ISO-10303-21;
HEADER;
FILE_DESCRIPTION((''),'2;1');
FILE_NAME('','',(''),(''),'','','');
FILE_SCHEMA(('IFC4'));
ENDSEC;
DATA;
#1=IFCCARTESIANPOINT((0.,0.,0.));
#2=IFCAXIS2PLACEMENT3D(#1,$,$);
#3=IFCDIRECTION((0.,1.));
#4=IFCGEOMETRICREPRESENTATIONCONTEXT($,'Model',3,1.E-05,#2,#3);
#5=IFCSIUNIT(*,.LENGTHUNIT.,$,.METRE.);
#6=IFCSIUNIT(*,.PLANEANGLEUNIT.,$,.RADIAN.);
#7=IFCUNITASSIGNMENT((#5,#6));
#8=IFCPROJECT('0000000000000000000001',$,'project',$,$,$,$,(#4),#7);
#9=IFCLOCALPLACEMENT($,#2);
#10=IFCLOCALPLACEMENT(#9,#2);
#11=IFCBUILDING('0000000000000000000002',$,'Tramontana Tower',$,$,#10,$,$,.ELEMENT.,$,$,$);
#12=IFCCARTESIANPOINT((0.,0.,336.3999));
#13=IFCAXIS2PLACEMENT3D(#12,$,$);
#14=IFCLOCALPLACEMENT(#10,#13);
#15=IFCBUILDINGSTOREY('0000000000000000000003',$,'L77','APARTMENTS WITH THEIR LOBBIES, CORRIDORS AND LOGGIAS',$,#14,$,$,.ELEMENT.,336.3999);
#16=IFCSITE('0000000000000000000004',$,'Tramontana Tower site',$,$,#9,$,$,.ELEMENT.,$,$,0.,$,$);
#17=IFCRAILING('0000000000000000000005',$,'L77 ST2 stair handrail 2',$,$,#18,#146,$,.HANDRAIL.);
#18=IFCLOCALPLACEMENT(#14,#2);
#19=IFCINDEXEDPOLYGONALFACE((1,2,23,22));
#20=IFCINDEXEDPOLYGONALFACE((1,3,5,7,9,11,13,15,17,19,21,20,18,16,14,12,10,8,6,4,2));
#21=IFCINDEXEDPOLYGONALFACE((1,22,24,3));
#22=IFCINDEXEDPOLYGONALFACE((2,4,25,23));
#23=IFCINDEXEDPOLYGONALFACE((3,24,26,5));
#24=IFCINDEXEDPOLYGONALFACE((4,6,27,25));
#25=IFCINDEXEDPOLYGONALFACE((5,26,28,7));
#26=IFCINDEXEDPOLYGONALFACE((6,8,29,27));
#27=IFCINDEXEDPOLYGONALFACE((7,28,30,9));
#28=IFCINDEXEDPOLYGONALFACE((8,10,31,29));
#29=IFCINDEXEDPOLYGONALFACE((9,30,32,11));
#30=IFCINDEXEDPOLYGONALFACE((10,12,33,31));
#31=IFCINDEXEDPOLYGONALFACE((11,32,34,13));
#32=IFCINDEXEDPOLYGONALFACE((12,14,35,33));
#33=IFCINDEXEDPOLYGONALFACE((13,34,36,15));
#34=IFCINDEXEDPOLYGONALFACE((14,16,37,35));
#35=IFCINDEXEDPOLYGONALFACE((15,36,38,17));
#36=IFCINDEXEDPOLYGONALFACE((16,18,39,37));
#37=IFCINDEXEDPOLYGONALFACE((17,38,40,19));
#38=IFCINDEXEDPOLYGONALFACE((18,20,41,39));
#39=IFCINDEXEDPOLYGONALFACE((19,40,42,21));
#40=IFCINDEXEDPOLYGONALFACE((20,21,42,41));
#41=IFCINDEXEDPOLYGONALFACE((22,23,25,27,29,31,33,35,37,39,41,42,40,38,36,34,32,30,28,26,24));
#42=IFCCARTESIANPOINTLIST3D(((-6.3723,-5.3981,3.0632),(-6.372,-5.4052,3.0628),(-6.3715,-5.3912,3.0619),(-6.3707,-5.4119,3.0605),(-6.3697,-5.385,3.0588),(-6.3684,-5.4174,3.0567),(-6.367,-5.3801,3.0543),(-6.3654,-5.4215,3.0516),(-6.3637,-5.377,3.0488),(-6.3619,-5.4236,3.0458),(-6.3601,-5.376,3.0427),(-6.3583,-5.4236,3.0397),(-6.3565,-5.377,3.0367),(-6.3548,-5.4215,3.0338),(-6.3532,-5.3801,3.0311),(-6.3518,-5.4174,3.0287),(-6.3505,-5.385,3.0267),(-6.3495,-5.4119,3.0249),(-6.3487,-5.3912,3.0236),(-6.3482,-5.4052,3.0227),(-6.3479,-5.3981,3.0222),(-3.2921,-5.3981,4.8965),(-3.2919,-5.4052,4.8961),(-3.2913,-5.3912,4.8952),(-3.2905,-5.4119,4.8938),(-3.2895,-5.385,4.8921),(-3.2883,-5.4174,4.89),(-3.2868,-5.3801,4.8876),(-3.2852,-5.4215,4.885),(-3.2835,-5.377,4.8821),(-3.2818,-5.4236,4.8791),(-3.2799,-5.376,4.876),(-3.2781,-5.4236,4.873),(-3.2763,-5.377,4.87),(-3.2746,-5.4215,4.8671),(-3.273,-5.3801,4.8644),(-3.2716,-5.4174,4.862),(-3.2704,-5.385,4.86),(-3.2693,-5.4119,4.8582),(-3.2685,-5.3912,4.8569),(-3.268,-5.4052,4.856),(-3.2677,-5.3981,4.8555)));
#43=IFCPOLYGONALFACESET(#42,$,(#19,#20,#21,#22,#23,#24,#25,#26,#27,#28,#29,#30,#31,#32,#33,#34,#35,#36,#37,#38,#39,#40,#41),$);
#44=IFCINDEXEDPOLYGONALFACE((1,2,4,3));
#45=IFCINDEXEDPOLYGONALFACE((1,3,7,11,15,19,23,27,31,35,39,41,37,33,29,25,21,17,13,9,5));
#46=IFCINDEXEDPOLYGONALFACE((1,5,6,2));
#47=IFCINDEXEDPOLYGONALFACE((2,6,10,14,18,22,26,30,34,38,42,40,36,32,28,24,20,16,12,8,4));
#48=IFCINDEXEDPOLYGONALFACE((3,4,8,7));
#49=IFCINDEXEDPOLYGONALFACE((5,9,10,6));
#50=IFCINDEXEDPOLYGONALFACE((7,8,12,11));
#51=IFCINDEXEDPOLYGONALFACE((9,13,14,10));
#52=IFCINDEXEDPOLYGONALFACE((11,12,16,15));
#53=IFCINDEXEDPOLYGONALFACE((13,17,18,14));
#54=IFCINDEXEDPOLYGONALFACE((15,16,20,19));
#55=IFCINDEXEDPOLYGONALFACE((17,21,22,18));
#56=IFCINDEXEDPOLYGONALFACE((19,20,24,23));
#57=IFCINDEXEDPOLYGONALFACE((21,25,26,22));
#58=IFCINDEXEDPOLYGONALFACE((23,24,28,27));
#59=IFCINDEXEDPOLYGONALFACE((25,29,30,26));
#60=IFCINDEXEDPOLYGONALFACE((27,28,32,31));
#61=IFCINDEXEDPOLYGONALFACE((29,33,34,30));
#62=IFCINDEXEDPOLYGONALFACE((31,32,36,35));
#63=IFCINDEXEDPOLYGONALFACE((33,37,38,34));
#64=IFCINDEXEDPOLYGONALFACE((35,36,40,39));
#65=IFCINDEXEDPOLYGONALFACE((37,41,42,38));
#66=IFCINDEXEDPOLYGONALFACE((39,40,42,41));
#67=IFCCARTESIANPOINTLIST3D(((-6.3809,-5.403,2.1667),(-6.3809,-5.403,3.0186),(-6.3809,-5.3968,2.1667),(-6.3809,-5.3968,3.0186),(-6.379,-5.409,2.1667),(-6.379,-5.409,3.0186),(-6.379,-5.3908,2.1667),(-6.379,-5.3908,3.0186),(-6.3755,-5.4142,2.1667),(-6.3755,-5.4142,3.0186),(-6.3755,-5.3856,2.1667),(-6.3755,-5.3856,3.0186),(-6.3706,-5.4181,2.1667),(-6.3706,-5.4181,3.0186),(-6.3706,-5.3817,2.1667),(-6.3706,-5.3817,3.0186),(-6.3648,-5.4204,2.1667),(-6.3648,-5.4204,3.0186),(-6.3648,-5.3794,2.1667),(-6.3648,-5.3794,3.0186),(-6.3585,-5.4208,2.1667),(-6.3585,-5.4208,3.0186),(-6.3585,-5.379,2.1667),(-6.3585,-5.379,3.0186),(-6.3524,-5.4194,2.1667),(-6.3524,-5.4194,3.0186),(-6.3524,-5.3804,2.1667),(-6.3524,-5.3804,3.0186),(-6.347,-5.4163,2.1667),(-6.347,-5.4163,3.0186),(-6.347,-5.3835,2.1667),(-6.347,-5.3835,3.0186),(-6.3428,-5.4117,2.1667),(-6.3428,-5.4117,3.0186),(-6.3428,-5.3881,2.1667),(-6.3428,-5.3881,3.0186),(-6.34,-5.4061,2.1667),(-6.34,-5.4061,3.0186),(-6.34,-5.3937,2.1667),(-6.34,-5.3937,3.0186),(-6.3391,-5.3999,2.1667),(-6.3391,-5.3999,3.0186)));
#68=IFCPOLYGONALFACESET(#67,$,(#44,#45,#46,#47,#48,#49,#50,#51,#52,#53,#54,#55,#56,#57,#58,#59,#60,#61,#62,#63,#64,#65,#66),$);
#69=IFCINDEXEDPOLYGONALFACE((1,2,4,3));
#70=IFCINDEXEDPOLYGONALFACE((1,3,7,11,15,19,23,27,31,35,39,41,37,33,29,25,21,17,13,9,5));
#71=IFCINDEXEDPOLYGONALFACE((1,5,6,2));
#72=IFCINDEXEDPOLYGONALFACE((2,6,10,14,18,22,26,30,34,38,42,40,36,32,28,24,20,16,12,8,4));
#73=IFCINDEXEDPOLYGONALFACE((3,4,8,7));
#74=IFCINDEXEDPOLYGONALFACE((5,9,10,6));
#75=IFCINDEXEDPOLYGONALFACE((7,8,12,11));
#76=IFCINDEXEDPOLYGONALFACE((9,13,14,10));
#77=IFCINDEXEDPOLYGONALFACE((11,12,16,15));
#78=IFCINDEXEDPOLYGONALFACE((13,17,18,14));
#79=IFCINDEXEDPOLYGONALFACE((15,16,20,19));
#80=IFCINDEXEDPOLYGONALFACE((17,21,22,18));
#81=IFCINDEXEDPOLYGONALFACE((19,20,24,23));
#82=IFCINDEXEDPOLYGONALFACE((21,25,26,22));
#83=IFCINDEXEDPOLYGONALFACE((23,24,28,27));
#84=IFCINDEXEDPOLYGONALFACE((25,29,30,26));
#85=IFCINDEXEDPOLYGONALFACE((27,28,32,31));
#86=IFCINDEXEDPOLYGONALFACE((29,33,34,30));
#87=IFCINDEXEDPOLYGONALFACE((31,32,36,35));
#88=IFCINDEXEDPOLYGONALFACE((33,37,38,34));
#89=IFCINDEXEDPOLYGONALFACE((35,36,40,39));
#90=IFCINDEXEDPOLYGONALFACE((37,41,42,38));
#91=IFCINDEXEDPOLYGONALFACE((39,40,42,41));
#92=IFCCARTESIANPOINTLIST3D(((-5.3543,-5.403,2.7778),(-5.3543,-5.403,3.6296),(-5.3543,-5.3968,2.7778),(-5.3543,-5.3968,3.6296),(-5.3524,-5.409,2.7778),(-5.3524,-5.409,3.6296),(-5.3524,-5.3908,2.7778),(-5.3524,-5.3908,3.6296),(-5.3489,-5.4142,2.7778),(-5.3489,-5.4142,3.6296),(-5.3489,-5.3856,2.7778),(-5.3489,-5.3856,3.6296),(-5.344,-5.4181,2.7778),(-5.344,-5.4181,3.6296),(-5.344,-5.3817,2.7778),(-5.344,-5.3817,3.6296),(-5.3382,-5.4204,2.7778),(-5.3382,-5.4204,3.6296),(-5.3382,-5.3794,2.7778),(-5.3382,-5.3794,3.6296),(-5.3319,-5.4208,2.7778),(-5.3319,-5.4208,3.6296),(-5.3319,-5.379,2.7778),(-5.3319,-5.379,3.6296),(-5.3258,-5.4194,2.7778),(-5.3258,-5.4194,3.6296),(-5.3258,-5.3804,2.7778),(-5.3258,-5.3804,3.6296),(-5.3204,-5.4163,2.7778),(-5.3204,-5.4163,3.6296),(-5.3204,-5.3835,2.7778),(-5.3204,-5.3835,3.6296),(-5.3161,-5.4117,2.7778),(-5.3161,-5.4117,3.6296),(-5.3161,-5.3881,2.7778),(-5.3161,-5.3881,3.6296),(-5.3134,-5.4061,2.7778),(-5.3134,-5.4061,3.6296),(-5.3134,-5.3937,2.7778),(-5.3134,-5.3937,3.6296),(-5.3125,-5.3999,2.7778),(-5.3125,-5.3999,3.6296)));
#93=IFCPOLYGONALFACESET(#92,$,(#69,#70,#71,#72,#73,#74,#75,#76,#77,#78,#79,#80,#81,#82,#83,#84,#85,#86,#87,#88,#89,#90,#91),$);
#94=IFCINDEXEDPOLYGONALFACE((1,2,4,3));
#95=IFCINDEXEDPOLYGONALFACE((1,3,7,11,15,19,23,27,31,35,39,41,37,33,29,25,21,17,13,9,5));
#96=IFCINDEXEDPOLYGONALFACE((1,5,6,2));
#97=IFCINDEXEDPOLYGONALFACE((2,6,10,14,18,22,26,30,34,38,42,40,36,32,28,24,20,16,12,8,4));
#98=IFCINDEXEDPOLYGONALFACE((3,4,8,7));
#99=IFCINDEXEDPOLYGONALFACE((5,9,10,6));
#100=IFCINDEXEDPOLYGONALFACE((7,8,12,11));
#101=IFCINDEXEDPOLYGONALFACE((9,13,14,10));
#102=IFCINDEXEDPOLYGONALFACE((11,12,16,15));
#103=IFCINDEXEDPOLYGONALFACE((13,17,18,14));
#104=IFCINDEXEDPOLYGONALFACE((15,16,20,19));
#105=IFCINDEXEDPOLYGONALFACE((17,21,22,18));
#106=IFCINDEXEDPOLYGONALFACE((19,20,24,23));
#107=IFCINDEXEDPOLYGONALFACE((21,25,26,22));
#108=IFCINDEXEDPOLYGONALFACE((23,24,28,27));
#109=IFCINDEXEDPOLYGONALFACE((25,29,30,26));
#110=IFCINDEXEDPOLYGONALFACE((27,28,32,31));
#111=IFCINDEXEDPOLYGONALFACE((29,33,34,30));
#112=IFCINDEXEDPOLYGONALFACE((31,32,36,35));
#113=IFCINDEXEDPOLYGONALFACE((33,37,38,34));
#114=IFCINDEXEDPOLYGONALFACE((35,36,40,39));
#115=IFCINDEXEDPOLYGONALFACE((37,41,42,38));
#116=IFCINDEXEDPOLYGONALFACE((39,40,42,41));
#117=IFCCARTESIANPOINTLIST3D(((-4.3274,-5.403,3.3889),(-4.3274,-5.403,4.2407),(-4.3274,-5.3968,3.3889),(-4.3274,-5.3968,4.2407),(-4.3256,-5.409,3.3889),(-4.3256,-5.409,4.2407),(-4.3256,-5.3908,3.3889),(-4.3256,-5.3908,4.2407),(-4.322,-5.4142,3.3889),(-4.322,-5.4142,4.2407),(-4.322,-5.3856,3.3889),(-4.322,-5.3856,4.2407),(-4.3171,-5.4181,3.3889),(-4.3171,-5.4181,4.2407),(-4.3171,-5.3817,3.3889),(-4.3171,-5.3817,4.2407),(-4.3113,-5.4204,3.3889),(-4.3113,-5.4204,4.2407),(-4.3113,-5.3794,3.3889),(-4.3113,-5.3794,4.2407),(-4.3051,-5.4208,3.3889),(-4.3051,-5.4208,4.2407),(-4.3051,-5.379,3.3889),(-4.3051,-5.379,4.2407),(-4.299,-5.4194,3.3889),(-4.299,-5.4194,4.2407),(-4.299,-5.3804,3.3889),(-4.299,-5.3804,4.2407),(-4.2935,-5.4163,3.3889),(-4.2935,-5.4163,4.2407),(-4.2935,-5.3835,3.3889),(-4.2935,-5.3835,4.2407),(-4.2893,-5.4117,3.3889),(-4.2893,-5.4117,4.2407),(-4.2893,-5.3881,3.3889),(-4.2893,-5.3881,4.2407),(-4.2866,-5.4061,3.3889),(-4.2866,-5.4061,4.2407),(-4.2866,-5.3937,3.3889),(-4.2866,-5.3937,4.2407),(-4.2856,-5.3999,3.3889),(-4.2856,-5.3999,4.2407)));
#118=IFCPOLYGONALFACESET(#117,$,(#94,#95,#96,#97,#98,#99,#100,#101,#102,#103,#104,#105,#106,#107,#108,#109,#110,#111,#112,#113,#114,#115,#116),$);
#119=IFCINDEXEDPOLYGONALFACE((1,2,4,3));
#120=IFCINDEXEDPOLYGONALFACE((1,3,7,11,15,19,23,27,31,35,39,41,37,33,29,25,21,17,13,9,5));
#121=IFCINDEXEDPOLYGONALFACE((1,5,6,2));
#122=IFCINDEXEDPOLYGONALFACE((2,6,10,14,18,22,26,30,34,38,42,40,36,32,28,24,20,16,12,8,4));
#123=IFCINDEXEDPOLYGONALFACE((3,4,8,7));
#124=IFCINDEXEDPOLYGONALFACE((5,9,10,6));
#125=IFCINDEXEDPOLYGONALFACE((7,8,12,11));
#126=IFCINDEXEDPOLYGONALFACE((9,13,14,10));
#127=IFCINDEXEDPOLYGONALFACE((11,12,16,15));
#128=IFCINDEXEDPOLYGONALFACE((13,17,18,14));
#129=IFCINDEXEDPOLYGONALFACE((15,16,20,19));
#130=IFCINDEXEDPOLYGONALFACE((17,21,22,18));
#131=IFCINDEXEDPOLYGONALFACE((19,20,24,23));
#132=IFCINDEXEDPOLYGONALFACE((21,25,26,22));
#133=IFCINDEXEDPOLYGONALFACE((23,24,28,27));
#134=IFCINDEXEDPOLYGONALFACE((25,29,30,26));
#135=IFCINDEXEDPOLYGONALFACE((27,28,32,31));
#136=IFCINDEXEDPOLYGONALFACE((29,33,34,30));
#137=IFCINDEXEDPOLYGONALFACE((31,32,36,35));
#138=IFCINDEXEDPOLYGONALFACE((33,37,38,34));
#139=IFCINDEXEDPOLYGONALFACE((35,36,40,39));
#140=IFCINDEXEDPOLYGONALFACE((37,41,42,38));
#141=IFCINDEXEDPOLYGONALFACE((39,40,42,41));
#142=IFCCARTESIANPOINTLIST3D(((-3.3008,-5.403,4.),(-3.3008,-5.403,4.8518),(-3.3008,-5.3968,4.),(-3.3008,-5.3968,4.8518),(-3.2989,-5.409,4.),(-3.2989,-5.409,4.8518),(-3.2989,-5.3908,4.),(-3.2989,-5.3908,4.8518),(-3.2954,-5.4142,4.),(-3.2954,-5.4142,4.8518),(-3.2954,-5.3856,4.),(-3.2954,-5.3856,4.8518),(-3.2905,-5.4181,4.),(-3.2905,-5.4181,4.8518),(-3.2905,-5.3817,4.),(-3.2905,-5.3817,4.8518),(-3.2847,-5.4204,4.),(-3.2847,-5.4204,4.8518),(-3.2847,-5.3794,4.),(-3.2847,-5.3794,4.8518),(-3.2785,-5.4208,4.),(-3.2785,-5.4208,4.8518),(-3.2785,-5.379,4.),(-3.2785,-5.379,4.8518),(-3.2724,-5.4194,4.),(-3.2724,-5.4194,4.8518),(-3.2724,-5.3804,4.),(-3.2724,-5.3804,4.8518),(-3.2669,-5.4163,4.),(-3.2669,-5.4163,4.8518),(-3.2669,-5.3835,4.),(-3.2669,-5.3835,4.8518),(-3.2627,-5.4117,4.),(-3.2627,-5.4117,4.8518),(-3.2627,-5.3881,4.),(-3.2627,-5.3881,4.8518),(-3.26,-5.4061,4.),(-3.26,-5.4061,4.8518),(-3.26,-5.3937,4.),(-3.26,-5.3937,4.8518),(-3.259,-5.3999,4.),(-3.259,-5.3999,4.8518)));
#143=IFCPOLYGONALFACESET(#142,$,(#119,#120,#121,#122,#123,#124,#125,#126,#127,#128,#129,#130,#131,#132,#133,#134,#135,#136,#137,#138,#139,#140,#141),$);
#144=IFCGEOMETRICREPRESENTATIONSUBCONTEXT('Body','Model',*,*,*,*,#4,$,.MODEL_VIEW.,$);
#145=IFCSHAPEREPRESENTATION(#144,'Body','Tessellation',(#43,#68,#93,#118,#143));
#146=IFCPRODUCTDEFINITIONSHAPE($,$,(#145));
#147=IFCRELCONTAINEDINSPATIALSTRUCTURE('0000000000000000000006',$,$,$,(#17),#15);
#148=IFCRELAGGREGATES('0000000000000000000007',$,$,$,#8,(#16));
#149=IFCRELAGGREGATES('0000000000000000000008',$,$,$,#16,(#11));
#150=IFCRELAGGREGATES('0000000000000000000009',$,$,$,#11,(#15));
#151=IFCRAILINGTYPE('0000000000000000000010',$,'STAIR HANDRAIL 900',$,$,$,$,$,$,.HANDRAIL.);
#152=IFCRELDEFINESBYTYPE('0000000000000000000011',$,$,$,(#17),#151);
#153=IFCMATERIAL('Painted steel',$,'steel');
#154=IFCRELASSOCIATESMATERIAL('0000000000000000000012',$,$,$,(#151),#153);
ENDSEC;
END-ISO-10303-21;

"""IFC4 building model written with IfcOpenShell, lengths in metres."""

from ifc_helpers import new_model, si_unit, direction, frame, origin, origin_2d, place, context, subcontext, project, spatial, circle, extrude, material, type_object, element, save


model = new_model("IFC4")

# Units and contexts
model_context = context("Model", 3, precision=1e-05, world=origin(), true_north=direction((0.0, 1.0)))
body_context = subcontext(model_context, "Body", "Model", "MODEL_VIEW")
ifc_project = project(units=[si_unit("LENGTHUNIT", "METRE"), si_unit("PLANEANGLEUNIT", "RADIAN")], contexts=[model_context])

# Site, building, storey
site_placement = place(None, origin())
site = spatial("IfcSite", under=ifc_project, at=site_placement, Name="Tramontana Tower site", CompositionType="ELEMENT", RefElevation=0.0)
building_placement = place(site_placement, origin())
building = spatial("IfcBuilding", under=site, at=building_placement, Name="Tramontana Tower", CompositionType="ELEMENT")
storey_placement = place(building_placement, frame((0.0, 0.0, 336.3999)))
storey = spatial("IfcBuildingStorey", under=building, at=storey_placement, Name="L77", Description="APARTMENTS WITH THEIR LOBBIES, CORRIDORS AND LOGGIAS", CompositionType="ELEMENT", Elevation=336.3999)

# Railing
ifc_material_1 = material(Name="Painted steel", Category="steel")
railing_type_1 = type_object("IfcRailingType", Name="STAIR HANDRAIL 900", PredefinedType="HANDRAIL", material=ifc_material_1)
railing_1_placement = place(storey_placement, frame((-6.3601, -5.3999, 2.1667)))
element("IfcRailing", 1, at=railing_1_placement, inside=storey, type_object=railing_type_1, Name="L77 ST2 stair handrail 2", PredefinedType="HANDRAIL", context=body_context, shape_type="SweptSolid", body=[
    extrude(circle(Radius=0.0239, at=origin_2d()), frame((0.0, 0.0, 0.876), z_axis=(0.859309, 0.0, 0.511458), x_axis=(0.0, 1.0, 0.0)), (0.0, 0.0, 1.0), 3.5845),
    extrude(circle(Radius=0.021, at=origin_2d()), origin(), (0.0, 0.0, 1.0), 0.8518),
    extrude(circle(Radius=0.021, at=origin_2d()), frame((1.0266, 0.0, 0.6111)), (0.0, 0.0, 1.0), 0.8518),
    extrude(circle(Radius=0.021, at=origin_2d()), frame((2.0535, 0.0, 1.2222)), (0.0, 0.0, 1.0), 0.8518),
    extrude(circle(Radius=0.021, at=origin_2d()), frame((3.0801, 0.0, 1.8333)), (0.0, 0.0, 1.0), 0.8518),
])

save(model, "model.ifc")
